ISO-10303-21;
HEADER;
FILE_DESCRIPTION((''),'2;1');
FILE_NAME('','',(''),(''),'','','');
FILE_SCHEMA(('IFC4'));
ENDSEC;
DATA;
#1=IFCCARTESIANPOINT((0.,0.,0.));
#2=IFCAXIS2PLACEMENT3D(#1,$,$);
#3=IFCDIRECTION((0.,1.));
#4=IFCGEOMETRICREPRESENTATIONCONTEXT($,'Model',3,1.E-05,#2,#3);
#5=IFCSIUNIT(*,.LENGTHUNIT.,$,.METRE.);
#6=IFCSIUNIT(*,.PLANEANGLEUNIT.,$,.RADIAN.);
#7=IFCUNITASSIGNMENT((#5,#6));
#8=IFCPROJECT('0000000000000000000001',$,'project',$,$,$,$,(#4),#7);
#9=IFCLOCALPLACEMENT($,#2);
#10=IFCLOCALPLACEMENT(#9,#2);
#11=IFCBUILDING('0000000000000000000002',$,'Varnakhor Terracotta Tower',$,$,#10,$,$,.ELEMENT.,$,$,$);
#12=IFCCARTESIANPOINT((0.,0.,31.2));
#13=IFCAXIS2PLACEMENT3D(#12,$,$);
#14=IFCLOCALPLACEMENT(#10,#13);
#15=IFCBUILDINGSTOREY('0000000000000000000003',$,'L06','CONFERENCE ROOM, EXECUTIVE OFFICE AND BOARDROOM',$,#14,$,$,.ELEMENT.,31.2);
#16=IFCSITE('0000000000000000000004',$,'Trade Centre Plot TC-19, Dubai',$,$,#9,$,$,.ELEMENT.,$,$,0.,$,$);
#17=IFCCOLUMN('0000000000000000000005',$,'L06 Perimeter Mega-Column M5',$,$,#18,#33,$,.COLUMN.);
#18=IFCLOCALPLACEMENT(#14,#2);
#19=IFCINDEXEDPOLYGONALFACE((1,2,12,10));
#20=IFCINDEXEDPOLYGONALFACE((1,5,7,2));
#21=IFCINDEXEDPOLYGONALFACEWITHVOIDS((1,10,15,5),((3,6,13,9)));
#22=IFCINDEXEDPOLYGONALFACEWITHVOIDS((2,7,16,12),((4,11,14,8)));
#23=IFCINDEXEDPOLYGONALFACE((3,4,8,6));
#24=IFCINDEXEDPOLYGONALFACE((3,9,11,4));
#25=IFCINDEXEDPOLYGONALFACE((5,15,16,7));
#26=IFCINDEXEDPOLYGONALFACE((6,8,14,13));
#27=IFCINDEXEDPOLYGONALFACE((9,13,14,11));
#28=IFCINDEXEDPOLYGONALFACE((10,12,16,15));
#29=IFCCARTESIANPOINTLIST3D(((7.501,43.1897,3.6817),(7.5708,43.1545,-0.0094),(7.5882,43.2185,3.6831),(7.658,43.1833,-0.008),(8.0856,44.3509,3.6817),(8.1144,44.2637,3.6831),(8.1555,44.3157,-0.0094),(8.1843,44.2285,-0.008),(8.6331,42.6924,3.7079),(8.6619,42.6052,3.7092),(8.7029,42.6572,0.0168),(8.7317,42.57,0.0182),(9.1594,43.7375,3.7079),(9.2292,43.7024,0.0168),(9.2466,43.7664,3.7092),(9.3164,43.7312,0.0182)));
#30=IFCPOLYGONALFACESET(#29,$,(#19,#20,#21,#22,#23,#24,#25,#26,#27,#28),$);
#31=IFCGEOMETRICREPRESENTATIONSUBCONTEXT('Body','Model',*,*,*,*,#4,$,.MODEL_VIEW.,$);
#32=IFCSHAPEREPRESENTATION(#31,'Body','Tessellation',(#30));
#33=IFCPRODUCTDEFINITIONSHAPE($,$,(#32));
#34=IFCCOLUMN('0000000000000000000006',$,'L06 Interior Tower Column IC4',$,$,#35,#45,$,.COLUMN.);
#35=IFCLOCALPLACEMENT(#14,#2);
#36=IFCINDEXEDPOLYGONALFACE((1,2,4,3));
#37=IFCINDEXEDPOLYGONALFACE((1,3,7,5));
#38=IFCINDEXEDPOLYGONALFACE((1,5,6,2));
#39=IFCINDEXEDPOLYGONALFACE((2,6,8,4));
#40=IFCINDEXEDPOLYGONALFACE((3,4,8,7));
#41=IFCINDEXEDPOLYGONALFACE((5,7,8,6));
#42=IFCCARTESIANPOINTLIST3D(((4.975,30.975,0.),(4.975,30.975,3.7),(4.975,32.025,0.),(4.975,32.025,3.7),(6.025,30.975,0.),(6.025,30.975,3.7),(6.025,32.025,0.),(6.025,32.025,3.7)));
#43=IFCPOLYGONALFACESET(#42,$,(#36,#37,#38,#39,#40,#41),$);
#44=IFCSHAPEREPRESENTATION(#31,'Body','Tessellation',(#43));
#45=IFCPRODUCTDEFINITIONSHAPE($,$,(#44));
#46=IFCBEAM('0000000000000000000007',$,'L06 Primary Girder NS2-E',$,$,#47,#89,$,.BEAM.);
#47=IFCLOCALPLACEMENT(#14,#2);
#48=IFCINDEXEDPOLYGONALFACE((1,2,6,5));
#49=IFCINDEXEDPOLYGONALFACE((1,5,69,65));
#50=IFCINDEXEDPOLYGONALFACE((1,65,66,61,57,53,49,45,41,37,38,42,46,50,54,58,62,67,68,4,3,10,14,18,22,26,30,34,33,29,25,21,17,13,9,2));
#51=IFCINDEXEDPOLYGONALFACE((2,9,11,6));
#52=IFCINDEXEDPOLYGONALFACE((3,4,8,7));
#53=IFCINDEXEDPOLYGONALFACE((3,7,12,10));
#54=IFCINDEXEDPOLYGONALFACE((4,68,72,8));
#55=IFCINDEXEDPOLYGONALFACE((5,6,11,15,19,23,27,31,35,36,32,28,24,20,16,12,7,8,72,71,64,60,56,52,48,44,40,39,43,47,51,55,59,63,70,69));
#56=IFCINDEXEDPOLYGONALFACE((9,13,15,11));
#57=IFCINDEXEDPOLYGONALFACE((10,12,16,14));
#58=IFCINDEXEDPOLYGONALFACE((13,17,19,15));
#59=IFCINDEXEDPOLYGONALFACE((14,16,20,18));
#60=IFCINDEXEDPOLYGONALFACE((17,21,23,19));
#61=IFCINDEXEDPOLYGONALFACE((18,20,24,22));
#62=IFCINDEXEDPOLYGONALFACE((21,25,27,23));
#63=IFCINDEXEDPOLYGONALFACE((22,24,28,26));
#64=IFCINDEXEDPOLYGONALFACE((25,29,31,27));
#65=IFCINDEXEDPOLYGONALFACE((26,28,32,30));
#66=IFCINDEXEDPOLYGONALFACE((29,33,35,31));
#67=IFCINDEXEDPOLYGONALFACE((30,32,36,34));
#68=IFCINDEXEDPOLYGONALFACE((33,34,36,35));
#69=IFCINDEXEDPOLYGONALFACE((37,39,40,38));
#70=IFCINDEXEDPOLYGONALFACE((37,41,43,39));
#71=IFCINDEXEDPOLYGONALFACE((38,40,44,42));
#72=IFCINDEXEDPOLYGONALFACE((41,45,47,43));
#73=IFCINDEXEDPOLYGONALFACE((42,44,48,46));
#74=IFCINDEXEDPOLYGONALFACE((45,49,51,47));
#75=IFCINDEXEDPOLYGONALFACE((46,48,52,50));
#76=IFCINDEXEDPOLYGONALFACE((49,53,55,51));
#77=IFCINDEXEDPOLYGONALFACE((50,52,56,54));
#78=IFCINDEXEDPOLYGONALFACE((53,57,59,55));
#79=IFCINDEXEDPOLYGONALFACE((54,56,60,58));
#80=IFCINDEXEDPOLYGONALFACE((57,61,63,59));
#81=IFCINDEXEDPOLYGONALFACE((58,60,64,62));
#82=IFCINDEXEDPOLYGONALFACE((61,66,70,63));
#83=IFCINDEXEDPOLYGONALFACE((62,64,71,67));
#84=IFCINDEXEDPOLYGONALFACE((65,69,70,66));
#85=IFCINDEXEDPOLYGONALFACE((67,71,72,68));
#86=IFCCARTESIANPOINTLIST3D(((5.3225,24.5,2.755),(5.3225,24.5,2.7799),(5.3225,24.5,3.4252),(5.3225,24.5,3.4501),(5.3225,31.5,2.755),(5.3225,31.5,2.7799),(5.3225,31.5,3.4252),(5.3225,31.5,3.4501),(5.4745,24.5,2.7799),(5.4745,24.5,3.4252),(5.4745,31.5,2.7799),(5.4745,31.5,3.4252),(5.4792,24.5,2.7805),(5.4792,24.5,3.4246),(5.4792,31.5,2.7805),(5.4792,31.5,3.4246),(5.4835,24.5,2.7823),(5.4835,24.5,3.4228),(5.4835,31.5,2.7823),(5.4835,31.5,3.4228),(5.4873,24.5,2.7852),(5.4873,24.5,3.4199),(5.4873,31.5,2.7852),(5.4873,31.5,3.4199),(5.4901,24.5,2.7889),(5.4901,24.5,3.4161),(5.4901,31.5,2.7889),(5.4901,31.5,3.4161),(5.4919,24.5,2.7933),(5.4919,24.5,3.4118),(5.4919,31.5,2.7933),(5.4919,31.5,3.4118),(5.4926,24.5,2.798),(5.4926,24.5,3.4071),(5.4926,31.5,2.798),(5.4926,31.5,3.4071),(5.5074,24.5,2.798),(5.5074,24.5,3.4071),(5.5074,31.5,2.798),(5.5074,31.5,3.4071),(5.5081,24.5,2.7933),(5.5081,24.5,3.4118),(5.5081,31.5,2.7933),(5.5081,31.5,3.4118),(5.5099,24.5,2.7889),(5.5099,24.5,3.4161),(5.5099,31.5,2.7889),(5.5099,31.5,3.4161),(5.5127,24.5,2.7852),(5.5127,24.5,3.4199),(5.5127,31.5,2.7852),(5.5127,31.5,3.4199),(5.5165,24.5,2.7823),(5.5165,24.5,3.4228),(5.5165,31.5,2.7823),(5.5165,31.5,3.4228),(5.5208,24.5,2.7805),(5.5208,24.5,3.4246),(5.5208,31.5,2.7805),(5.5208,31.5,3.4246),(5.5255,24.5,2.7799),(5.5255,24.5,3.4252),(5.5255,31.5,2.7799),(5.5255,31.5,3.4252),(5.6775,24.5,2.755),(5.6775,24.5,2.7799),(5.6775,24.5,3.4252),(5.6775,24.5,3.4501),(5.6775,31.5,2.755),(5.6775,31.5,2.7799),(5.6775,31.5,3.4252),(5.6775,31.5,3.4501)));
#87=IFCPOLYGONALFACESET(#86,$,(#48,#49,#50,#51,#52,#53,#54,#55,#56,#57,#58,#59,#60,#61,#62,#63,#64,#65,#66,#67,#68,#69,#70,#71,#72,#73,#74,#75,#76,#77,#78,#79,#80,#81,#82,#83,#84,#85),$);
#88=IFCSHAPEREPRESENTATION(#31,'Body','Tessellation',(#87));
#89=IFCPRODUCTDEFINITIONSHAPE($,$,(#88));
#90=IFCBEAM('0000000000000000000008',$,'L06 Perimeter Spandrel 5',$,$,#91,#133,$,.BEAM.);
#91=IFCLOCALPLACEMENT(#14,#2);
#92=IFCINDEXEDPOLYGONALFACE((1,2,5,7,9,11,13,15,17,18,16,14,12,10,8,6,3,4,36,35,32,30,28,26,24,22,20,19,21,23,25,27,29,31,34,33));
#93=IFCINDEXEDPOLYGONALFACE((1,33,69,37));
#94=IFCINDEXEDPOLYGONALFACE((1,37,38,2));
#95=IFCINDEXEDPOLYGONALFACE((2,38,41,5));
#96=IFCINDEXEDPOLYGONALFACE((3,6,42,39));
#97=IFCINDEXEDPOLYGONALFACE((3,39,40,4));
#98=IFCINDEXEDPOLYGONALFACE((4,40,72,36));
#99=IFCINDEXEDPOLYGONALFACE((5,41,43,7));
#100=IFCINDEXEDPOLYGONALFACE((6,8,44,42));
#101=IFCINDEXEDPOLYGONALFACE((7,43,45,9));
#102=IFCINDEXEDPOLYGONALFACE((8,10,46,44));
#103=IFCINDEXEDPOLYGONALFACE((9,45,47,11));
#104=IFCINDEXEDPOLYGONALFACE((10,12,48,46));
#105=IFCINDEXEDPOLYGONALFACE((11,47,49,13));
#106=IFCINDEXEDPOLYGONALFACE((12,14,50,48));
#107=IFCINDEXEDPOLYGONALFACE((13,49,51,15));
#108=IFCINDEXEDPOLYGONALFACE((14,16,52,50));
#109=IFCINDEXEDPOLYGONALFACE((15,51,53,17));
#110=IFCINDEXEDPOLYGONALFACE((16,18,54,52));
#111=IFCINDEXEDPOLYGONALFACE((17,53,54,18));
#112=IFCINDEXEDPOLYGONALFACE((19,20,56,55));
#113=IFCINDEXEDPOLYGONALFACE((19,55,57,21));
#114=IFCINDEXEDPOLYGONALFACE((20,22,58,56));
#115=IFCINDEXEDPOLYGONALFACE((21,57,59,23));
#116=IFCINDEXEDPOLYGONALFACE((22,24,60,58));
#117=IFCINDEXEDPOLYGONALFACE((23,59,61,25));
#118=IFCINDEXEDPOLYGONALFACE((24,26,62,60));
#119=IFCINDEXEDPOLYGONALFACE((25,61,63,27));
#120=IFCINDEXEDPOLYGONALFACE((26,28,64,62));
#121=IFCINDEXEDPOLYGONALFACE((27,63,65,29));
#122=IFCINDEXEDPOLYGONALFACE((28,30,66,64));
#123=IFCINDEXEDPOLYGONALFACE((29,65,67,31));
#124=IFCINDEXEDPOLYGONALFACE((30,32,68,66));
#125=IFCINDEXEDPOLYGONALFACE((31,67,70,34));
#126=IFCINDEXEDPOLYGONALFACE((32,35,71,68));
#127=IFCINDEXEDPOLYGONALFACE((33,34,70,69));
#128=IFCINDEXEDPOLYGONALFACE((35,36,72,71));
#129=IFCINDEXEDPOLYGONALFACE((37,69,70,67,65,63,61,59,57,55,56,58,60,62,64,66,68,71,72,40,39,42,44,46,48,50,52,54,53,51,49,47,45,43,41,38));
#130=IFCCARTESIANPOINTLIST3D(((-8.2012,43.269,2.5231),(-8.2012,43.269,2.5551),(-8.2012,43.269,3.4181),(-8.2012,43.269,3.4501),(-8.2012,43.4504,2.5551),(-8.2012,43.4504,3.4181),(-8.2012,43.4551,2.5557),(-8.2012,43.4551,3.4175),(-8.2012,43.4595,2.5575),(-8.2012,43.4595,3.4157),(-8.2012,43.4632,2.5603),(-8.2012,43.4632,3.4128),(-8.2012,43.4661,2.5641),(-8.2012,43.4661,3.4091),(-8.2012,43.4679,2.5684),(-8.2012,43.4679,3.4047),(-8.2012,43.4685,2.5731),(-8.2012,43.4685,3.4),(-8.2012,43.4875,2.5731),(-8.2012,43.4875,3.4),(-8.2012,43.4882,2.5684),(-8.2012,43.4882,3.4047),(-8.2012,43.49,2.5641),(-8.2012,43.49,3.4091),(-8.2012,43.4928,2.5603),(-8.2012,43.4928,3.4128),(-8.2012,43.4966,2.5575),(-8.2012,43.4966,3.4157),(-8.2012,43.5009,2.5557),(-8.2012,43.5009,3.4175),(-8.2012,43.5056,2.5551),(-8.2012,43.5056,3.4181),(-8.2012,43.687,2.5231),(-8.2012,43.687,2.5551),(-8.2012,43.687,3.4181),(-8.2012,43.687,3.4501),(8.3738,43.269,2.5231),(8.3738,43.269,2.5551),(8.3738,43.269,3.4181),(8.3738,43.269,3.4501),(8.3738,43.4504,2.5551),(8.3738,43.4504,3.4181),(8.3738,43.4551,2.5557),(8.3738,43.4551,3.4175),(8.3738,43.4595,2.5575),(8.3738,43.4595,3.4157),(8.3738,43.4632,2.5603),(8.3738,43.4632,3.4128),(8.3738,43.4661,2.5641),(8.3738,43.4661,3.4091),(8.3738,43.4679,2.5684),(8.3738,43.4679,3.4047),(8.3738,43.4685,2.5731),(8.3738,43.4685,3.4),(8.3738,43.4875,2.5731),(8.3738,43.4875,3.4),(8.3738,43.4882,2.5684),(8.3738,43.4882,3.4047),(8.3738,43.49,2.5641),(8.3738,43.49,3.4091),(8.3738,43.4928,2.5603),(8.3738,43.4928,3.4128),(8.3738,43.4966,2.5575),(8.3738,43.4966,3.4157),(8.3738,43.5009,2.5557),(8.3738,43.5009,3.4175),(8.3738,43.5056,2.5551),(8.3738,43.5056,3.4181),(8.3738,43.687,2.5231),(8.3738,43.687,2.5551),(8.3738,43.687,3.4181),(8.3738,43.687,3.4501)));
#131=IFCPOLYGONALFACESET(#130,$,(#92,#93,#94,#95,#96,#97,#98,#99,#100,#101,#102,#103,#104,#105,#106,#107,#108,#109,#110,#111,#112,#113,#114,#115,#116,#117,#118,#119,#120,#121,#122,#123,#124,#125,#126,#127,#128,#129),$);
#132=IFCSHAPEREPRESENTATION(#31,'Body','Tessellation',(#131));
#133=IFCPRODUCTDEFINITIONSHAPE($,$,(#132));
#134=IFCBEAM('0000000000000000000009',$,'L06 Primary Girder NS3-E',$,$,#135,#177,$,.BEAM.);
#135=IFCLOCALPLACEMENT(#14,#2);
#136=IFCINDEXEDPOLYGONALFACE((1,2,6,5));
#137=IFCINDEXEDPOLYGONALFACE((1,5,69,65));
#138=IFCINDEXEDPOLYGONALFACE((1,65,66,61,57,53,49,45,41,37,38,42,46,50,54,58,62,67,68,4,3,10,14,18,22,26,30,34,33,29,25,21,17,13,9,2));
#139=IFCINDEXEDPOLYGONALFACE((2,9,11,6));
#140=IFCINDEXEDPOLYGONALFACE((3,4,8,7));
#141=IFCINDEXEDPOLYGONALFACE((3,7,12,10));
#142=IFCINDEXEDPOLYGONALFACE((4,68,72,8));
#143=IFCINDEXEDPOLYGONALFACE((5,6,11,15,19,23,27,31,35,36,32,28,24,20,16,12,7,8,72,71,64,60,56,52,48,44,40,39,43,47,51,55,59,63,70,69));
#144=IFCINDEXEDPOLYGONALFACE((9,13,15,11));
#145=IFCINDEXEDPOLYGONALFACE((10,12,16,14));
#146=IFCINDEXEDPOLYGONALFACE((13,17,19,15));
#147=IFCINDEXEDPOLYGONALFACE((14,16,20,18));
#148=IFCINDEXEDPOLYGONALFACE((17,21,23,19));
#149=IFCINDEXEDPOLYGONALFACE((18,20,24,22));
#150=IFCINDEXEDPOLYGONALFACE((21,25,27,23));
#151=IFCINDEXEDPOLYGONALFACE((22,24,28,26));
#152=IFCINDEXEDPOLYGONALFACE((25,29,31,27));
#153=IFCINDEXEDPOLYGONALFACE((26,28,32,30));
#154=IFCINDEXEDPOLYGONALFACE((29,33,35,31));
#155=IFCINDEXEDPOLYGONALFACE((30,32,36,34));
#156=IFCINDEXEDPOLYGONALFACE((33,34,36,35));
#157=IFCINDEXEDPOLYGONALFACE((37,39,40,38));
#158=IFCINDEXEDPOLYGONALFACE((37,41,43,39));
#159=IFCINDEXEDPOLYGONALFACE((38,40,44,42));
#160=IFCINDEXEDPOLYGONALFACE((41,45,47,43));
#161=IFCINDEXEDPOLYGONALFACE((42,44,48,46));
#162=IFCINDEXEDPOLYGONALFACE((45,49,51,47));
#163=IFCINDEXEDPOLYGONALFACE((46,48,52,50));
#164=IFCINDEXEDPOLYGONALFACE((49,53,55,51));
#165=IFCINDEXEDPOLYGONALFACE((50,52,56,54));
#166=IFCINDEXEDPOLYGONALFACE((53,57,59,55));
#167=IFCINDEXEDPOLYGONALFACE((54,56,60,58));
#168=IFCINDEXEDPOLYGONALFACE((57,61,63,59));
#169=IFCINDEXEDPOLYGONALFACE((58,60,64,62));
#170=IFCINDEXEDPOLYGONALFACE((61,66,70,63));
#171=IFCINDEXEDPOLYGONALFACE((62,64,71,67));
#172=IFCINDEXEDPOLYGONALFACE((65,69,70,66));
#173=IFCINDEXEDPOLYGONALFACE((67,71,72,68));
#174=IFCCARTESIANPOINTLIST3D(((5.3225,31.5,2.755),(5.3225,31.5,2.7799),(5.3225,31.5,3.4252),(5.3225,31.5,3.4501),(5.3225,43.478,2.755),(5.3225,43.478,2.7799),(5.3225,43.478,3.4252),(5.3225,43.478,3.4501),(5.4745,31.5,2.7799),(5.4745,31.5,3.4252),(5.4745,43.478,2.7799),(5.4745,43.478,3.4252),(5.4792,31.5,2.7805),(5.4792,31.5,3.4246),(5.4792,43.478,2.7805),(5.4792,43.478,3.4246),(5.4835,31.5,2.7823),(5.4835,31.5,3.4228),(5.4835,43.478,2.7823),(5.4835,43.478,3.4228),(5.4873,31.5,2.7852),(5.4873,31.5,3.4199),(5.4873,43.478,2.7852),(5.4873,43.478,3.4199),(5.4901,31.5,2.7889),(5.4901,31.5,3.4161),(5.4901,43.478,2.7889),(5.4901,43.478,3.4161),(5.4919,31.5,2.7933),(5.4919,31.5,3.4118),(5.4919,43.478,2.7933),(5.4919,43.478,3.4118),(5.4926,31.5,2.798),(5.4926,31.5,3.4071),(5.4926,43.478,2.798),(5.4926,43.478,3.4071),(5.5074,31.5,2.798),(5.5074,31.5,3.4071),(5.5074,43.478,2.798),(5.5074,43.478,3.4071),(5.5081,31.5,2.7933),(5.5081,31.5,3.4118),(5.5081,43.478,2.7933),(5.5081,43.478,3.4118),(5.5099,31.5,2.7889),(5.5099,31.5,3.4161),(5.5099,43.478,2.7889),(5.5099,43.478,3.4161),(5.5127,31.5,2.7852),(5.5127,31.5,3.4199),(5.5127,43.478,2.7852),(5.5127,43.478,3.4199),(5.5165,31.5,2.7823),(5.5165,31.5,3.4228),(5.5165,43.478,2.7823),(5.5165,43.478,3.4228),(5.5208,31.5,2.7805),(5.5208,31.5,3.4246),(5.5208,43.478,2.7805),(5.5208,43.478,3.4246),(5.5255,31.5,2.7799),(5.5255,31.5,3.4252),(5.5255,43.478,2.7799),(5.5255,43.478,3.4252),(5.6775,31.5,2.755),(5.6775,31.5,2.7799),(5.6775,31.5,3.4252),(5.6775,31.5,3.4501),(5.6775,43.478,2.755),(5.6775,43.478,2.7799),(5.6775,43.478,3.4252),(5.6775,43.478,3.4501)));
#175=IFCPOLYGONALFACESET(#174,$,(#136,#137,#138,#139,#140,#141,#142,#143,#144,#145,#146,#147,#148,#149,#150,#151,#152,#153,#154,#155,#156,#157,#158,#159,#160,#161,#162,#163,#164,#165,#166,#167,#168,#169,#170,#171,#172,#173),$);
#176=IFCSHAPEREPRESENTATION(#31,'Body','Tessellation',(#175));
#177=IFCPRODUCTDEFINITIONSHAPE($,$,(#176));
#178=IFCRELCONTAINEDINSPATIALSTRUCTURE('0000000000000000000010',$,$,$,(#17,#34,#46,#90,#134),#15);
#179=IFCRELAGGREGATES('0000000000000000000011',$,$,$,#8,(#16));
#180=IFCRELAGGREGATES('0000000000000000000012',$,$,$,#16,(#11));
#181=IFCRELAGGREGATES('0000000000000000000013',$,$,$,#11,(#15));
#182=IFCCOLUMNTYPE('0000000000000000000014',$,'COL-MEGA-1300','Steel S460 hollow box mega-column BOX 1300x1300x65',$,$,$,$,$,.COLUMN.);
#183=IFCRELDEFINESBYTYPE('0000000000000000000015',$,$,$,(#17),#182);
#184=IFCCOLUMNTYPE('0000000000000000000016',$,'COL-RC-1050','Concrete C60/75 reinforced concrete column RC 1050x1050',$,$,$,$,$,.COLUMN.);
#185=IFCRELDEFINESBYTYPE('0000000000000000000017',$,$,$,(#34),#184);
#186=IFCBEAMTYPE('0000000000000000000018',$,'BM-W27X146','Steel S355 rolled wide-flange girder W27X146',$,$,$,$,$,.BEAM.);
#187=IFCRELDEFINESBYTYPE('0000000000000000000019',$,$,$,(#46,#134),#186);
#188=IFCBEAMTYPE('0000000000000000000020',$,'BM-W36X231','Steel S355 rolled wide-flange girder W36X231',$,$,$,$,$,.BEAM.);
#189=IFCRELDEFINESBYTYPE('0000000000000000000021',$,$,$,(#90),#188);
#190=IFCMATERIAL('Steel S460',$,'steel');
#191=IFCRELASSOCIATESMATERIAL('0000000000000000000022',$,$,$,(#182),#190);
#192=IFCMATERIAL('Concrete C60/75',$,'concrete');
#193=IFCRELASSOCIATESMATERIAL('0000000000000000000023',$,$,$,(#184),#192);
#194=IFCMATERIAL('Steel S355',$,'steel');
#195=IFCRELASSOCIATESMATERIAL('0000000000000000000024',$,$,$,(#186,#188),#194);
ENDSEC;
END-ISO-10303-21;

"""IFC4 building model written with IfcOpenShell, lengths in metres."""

from ifc_helpers import new_model, si_unit, direction, frame, origin, origin_2d, place, context, subcontext, project, spatial, rectangle, hollow_rectangle, i_section, extrude, source, transform, mapped, material, material_profile, profile_set, type_object, type_shapes, element, save


model = new_model("IFC4")

# Units and contexts
model_context = context("Model", 3, precision=1e-05, world=origin(), true_north=direction((0.0, 1.0)))
body_context = subcontext(model_context, "Body", "Model", "MODEL_VIEW")
ifc_project = project(units=[si_unit("LENGTHUNIT", "METRE"), si_unit("PLANEANGLEUNIT", "RADIAN")], contexts=[model_context])

# Site, building, storey
site_placement = place(None, origin())
site = spatial("IfcSite", under=ifc_project, at=site_placement, Name="Trade Centre Plot TC-19, Dubai", CompositionType="ELEMENT", RefElevation=0.0)
building_placement = place(site_placement, origin())
building = spatial("IfcBuilding", under=site, at=building_placement, Name="Varnakhor Terracotta Tower", CompositionType="ELEMENT")
storey_placement = place(building_placement, frame((0.0, 0.0, 31.2)))
storey = spatial("IfcBuildingStorey", under=building, at=storey_placement, Name="L06", Description="CONFERENCE ROOM, EXECUTIVE OFFICE AND BOARDROOM", CompositionType="ELEMENT", Elevation=31.2)

# Columns
ifc_material_1 = material(Name="Steel S460", Category="steel")
ifc_material_profile_1 = material_profile(ifc_material_1, hollow_rectangle(XDim=1.3, YDim=1.3, WallThickness=0.0649, at=origin_2d()), Name="BOX 1300x1300x65")
ifc_profile_set_1 = profile_set([ifc_material_profile_1], Name="Steel S460")
column_type_1 = type_object("IfcColumnType", Name="COL-MEGA-1300", Description="Steel S460 hollow box mega-column BOX 1300x1300x65", PredefinedType="COLUMN", material=ifc_profile_set_1)
shared_shape_1 = source(origin(), body_context, "Body", "SweptSolid", [
    extrude(hollow_rectangle(XDim=1.3, YDim=1.3, WallThickness=0.0649, at=origin_2d()), origin(), (0.0, 0.0, 1.0), 3.6919),
])
type_shapes(column_type_1, [shared_shape_1])
column_1_placement = place(storey_placement, frame((8.4436, 43.4429, 0.0044), z_axis=(-0.018912, 0.009522, 0.999776), x_axis=(-0.44971, -0.893175, 0.0)))
element("IfcColumn", 1, at=column_1_placement, inside=storey, type_object=column_type_1, Name="L06 Perimeter Mega-Column M5", PredefinedType="COLUMN", context=body_context, shape_type="MappedRepresentation", body=[
    mapped(shared_shape_1, transform((0.0, 0.0, 0.0), scale=1.0)),
])
ifc_material_2 = material(Name="Concrete C60/75", Category="concrete")
ifc_material_profile_2 = material_profile(ifc_material_2, rectangle(XDim=1.05, YDim=1.05, at=origin_2d()), Name="RC 1050x1050")
ifc_profile_set_2 = profile_set([ifc_material_profile_2], Name="Concrete C60/75")
column_type_2 = type_object("IfcColumnType", Name="COL-RC-1050", Description="Concrete C60/75 reinforced concrete column RC 1050x1050", PredefinedType="COLUMN", material=ifc_profile_set_2)
shared_shape_2 = source(origin(), body_context, "Body", "SweptSolid", [
    extrude(rectangle(XDim=1.05, YDim=1.05, at=origin_2d()), origin(), (0.0, 0.0, 1.0), 3.7),
])
column_2_placement = place(storey_placement, frame((5.5, 31.5, 0.0), z_axis=(0.0, 0.0, 1.0), x_axis=(1.0, 0.0, 0.0)))
element("IfcColumn", 2, at=column_2_placement, inside=storey, type_object=column_type_2, Name="L06 Interior Tower Column IC4", PredefinedType="COLUMN", context=body_context, shape_type="MappedRepresentation", body=[
    mapped(shared_shape_2, transform((0.0, 0.0, 0.0), scale=1.0)),
])

# Beams
ifc_material_3 = material(Name="Steel S355", Category="steel")
ifc_material_profile_3 = material_profile(ifc_material_3, i_section(OverallWidth=0.355, OverallDepth=0.6951, WebThickness=0.0149, FlangeThickness=0.0249, FilletRadius=0.0181, at=origin_2d()), Name="W27X146")
ifc_profile_set_3 = profile_set([ifc_material_profile_3], Name="Steel S355")
beam_type_1 = type_object("IfcBeamType", Name="BM-W27X146", Description="Steel S355 rolled wide-flange girder W27X146", PredefinedType="BEAM", material=ifc_profile_set_3)
shared_shape_3 = source(origin(), body_context, "Body", "SweptSolid", [
    extrude(i_section(OverallWidth=0.355, OverallDepth=0.6951, WebThickness=0.0149, FlangeThickness=0.0249, FilletRadius=0.0181, at=origin_2d()), origin(), (0.0, 0.0, 1.0), 7.0),
])
beam_1_placement = place(storey_placement, frame((5.5, 24.5, 3.1025), z_axis=(0.0, 1.0, 0.0), x_axis=(-1.0, 0.0, 0.0)))
element("IfcBeam", 3, at=beam_1_placement, inside=storey, type_object=beam_type_1, Name="L06 Primary Girder NS2-E", PredefinedType="BEAM", context=body_context, shape_type="MappedRepresentation", body=[
    mapped(shared_shape_3, transform((0.0, 0.0, 0.0), scale=1.0)),
])
ifc_material_profile_4 = material_profile(ifc_material_3, i_section(OverallWidth=0.418, OverallDepth=0.927, WebThickness=0.019, FlangeThickness=0.032, FilletRadius=0.0181, at=origin_2d()), Name="W36X231")
ifc_profile_set_4 = profile_set([ifc_material_profile_4], Name="Steel S355")
beam_type_2 = type_object("IfcBeamType", Name="BM-W36X231", Description="Steel S355 rolled wide-flange girder W36X231", PredefinedType="BEAM", material=ifc_profile_set_4)
shared_shape_4 = source(origin(), body_context, "Body", "SweptSolid", [
    extrude(i_section(OverallWidth=0.418, OverallDepth=0.927, WebThickness=0.019, FlangeThickness=0.032, FilletRadius=0.0181, at=origin_2d()), origin(), (0.0, 0.0, 1.0), 16.575),
])
beam_2_placement = place(storey_placement, frame((8.3738, 43.478, 2.9866), z_axis=(-1.0, 0.0, 0.0), x_axis=(0.0, -1.0, 0.0)))
element("IfcBeam", 4, at=beam_2_placement, inside=storey, type_object=beam_type_2, Name="L06 Perimeter Spandrel 5", PredefinedType="BEAM", context=body_context, shape_type="MappedRepresentation", body=[
    mapped(shared_shape_4, transform((0.0, 0.0, 0.0), scale=1.0)),
])
shared_shape_5 = source(origin(), body_context, "Body", "SweptSolid", [
    extrude(i_section(OverallWidth=0.355, OverallDepth=0.6951, WebThickness=0.0149, FlangeThickness=0.0249, FilletRadius=0.0181, at=origin_2d()), origin(), (0.0, 0.0, 1.0), 11.978),
])
beam_3_placement = place(storey_placement, frame((5.5, 31.5, 3.1025), z_axis=(0.0, 1.0, 0.0), x_axis=(-1.0, 0.0, 0.0)))
element("IfcBeam", 5, at=beam_3_placement, inside=storey, type_object=beam_type_1, Name="L06 Primary Girder NS3-E", PredefinedType="BEAM", context=body_context, shape_type="MappedRepresentation", body=[
    mapped(shared_shape_5, transform((0.0, 0.0, 0.0), scale=1.0)),
])

save(model, "model.ifc")
